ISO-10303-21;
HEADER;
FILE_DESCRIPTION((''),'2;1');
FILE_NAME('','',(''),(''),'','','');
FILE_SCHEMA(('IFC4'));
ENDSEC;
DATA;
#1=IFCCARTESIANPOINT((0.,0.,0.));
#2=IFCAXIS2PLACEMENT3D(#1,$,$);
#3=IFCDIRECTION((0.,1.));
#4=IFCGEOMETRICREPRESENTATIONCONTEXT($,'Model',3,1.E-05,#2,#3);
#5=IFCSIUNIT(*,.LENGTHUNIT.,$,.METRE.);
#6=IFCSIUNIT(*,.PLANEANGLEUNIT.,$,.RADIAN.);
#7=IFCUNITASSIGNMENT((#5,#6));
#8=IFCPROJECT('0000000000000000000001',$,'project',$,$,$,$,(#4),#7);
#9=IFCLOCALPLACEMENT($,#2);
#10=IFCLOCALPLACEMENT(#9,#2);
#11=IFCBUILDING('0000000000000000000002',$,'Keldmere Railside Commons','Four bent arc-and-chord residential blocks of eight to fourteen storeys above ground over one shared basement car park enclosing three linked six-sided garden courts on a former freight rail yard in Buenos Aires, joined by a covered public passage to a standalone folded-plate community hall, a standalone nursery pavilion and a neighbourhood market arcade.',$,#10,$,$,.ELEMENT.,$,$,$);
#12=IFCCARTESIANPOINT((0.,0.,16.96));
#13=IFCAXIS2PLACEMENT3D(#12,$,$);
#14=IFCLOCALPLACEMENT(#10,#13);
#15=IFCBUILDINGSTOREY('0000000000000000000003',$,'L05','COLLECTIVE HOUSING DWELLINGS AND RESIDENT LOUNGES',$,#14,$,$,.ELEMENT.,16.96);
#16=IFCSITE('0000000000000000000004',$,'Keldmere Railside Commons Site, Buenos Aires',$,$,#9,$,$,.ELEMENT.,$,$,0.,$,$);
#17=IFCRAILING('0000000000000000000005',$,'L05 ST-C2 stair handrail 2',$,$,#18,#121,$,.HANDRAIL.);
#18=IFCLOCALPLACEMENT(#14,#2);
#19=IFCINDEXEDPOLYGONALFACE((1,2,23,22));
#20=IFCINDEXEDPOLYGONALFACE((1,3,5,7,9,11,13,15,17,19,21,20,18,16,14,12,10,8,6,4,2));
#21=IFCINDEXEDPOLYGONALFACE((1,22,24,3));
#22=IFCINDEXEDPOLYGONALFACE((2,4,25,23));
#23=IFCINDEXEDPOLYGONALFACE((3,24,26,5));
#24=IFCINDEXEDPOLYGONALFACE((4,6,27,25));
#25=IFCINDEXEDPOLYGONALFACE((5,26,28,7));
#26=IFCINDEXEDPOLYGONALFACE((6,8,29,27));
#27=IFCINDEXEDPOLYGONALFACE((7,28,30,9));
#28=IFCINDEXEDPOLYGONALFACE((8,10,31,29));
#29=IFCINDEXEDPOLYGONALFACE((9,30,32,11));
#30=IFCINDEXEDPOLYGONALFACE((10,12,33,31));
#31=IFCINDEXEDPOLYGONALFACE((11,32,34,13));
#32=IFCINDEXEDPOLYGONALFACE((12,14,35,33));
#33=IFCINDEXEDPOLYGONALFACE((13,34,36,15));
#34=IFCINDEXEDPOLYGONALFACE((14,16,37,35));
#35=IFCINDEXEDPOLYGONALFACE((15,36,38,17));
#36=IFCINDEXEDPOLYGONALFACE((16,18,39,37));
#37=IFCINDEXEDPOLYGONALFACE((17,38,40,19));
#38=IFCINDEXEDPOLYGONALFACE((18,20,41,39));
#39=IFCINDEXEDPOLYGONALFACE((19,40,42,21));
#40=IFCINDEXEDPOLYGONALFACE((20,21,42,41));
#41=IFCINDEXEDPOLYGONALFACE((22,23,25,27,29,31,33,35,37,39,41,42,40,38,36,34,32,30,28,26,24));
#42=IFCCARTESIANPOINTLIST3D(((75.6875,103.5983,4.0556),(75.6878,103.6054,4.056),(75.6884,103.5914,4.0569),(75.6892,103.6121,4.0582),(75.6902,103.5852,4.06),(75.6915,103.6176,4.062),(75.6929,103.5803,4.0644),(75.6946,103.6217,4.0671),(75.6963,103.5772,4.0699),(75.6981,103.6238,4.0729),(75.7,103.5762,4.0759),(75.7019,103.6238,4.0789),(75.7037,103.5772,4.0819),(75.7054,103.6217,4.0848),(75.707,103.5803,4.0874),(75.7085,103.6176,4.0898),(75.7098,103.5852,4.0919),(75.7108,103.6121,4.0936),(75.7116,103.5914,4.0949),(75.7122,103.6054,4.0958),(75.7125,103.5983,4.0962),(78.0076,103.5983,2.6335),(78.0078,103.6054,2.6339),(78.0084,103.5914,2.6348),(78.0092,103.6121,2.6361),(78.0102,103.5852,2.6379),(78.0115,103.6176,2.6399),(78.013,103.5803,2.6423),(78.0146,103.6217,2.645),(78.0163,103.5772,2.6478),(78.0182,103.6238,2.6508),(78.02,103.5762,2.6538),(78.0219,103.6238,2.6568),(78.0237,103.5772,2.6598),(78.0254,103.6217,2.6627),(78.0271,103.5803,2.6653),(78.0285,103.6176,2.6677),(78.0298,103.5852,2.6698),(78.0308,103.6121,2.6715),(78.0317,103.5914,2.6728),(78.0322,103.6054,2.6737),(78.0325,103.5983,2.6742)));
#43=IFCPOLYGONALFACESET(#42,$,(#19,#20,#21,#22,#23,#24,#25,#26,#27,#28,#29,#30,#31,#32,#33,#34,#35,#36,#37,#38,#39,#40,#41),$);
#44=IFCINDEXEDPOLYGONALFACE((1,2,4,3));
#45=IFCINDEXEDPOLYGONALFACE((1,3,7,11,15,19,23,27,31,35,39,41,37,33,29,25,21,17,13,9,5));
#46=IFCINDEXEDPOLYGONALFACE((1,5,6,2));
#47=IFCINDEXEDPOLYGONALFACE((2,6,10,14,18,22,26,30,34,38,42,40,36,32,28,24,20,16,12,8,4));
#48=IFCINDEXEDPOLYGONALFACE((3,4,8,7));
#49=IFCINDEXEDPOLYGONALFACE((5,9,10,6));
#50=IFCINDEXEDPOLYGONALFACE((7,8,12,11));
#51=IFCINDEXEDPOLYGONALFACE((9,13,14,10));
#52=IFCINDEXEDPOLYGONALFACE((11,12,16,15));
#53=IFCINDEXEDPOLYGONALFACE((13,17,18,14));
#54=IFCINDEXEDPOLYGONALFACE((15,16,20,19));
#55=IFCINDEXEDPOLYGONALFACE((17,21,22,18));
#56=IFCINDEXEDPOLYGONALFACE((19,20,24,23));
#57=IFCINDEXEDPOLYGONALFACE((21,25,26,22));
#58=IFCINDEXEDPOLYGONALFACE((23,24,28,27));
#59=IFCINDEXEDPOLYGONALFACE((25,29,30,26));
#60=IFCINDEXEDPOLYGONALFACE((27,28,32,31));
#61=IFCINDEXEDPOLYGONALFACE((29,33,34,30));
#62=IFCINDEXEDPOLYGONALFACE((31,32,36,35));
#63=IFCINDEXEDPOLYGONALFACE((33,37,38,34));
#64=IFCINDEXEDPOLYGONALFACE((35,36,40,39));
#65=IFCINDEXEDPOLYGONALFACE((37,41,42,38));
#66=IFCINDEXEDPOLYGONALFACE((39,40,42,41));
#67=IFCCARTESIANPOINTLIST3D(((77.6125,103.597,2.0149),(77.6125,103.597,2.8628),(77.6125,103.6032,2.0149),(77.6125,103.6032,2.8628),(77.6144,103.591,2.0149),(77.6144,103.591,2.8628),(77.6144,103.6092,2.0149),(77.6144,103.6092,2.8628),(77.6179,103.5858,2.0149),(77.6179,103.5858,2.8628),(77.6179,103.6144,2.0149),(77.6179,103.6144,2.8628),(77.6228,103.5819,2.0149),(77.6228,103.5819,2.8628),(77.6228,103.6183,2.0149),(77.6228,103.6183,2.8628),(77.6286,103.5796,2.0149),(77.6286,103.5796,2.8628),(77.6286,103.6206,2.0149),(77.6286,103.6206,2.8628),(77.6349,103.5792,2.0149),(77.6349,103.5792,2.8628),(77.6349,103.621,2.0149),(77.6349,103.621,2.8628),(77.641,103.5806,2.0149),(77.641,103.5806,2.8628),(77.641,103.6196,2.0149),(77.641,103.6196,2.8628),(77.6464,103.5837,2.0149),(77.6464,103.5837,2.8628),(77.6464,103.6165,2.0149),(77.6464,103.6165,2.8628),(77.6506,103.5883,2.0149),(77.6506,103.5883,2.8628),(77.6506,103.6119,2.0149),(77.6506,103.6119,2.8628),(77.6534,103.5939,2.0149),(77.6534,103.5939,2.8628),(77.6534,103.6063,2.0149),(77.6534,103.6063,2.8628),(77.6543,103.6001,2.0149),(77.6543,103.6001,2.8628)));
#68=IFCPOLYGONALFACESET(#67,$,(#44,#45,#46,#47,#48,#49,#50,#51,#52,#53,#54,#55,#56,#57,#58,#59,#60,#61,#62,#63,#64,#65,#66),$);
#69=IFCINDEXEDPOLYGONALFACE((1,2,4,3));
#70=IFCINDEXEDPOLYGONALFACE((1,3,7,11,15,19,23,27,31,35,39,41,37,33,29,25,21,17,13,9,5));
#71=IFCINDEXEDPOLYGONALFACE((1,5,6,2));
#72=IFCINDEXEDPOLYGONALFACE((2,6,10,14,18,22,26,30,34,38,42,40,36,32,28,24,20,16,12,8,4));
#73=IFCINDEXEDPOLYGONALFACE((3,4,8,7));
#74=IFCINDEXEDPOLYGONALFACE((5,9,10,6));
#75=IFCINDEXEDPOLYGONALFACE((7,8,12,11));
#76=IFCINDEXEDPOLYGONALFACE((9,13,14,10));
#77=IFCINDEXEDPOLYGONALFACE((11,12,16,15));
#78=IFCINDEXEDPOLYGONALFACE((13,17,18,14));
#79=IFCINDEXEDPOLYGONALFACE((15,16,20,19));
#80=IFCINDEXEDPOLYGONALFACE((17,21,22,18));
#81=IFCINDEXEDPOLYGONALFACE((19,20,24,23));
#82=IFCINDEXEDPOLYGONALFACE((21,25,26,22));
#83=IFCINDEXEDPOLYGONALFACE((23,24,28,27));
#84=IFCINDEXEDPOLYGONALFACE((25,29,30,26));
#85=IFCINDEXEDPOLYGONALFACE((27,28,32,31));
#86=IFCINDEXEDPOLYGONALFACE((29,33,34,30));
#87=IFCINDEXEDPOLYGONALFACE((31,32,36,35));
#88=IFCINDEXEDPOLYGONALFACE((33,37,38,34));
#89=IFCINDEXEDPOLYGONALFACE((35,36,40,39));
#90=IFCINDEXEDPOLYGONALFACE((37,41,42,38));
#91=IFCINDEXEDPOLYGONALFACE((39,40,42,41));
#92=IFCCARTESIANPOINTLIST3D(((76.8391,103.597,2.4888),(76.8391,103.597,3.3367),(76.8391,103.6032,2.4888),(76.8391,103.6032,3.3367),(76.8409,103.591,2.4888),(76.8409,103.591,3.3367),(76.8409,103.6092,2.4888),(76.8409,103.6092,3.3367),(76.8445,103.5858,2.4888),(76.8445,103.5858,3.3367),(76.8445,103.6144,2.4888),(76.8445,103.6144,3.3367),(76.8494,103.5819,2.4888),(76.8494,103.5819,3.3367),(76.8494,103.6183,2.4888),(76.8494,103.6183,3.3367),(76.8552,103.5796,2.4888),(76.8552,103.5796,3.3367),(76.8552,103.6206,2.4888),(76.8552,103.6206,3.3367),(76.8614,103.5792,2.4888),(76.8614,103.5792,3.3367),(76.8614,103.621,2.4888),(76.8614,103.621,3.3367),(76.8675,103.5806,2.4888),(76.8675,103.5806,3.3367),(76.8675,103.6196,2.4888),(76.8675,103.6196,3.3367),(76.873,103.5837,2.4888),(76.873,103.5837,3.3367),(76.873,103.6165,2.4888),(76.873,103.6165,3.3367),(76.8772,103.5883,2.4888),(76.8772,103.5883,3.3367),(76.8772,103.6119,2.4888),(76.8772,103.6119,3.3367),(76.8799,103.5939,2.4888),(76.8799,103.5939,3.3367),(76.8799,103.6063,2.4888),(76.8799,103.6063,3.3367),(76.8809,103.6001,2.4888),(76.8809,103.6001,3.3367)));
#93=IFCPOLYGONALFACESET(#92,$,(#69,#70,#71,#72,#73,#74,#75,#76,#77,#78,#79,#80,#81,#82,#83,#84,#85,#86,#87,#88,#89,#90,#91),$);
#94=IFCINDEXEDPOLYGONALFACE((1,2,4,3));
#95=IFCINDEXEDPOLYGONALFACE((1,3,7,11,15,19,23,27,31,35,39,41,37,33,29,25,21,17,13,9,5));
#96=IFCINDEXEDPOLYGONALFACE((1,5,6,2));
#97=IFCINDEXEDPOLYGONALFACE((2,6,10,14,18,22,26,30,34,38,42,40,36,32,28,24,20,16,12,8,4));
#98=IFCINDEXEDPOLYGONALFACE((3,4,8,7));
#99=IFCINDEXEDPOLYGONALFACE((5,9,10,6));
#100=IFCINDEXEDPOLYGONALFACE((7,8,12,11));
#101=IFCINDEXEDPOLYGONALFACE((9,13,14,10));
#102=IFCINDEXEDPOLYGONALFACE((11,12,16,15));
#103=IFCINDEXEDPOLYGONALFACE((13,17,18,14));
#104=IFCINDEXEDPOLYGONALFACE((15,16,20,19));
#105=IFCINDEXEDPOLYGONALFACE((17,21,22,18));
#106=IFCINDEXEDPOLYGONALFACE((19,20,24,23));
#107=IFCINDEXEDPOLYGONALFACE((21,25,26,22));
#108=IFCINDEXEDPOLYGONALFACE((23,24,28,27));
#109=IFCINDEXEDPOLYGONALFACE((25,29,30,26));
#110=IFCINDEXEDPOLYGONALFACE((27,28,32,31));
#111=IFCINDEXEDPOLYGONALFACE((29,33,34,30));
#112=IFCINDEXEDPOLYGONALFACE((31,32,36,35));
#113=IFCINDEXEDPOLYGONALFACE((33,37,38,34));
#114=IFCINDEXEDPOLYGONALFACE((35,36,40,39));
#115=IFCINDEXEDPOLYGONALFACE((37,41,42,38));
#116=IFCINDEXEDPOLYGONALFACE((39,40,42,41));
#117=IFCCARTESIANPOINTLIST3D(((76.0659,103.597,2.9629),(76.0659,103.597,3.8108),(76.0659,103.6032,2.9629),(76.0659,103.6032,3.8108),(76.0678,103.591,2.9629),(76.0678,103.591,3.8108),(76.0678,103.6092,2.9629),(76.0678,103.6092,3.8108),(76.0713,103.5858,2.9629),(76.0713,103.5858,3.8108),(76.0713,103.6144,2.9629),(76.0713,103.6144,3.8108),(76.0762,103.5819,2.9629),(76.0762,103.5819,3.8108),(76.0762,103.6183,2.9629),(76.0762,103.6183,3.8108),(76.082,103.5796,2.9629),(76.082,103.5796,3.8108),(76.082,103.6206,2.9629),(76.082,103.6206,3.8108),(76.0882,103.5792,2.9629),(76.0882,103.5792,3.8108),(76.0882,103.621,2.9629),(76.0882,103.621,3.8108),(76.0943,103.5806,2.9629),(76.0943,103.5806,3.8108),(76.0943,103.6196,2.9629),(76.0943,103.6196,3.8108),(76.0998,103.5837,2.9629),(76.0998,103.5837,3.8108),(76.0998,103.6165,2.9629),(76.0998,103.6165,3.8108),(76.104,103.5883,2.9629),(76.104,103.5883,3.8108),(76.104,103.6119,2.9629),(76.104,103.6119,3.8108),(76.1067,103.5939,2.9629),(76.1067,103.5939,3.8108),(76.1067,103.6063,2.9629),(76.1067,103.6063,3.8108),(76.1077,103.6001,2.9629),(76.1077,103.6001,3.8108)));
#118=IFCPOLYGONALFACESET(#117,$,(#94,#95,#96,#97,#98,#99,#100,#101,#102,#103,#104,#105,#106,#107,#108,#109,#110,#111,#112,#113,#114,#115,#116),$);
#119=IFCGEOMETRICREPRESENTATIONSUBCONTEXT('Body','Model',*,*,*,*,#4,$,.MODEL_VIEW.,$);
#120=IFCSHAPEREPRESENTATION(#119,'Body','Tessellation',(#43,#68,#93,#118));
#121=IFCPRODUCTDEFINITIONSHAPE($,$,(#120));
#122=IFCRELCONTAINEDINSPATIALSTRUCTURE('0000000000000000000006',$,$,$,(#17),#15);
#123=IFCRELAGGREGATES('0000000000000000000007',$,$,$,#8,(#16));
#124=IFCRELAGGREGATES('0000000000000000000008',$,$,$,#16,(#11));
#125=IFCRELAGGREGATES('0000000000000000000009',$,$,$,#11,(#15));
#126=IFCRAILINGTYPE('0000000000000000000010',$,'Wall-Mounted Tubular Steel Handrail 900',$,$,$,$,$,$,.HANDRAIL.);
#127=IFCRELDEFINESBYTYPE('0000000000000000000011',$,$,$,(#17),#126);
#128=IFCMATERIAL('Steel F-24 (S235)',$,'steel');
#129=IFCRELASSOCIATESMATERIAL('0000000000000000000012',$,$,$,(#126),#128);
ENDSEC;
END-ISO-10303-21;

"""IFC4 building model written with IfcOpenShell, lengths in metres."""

from ifc_helpers import new_model, si_unit, direction, frame, origin, origin_2d, place, context, subcontext, project, spatial, circle, extrude, material, type_object, element, save


model = new_model("IFC4")

# Units and contexts
model_context = context("Model", 3, precision=1e-05, world=origin(), true_north=direction((0.0, 1.0)))
body_context = subcontext(model_context, "Body", "Model", "MODEL_VIEW")
ifc_project = project(units=[si_unit("LENGTHUNIT", "METRE"), si_unit("PLANEANGLEUNIT", "RADIAN")], contexts=[model_context])

# Site, building, storey
site_placement = place(None, origin())
site = spatial("IfcSite", under=ifc_project, at=site_placement, Name="Keldmere Railside Commons Site, Buenos Aires", CompositionType="ELEMENT", RefElevation=0.0)
building_placement = place(site_placement, origin())
building = spatial("IfcBuilding", under=site, at=building_placement, Name="Keldmere Railside Commons", Description="Four bent arc-and-chord residential blocks of eight to fourteen storeys above ground over one shared basement car park enclosing three linked six-sided garden courts on a former freight rail yard in Buenos Aires, joined by a covered public passage to a standalone folded-plate community hall, a standalone nursery pavilion and a neighbourhood market arcade.", CompositionType="ELEMENT")
storey_placement = place(building_placement, frame((0.0, 0.0, 16.96)))
storey = spatial("IfcBuildingStorey", under=building, at=storey_placement, Name="L05", Description="COLLECTIVE HOUSING DWELLINGS AND RESIDENT LOUNGES", CompositionType="ELEMENT", Elevation=16.96)

# Shared definitions
ifc_material_1 = material(Name="Steel F-24 (S235)", Category="steel")

# Railing
railing_type_1 = type_object("IfcRailingType", Name="Wall-Mounted Tubular Steel Handrail 900", PredefinedType="HANDRAIL", material=ifc_material_1)
railing_1_placement = place(storey_placement, frame((78.02, 103.6001, 1.7778)))
element("IfcRailing", 1, at=railing_1_placement, inside=storey, type_object=railing_type_1, Name="L05 ST-C2 stair handrail 2", PredefinedType="HANDRAIL", context=body_context, shape_type="SweptSolid", body=[
    extrude(circle(Radius=0.0239, at=origin_2d()), frame((0.0, 0.0, 0.876), z_axis=(-0.852578, 0.0, 0.5226), x_axis=(0.0, -1.0, 0.0)), (0.0, 0.0, 1.0), 2.7212),
    extrude(circle(Radius=0.021, at=origin_2d()), frame((-0.3867, 0.0, 0.2371)), (0.0, 0.0, 1.0), 0.8479),
    extrude(circle(Radius=0.021, at=origin_2d()), frame((-1.1602, 0.0, 0.7109)), (0.0, 0.0, 1.0), 0.8479),
    extrude(circle(Radius=0.021, at=origin_2d()), frame((-1.9333, 0.0, 1.1851)), (0.0, 0.0, 1.0), 0.8479),
])

save(model, "model.ifc")
